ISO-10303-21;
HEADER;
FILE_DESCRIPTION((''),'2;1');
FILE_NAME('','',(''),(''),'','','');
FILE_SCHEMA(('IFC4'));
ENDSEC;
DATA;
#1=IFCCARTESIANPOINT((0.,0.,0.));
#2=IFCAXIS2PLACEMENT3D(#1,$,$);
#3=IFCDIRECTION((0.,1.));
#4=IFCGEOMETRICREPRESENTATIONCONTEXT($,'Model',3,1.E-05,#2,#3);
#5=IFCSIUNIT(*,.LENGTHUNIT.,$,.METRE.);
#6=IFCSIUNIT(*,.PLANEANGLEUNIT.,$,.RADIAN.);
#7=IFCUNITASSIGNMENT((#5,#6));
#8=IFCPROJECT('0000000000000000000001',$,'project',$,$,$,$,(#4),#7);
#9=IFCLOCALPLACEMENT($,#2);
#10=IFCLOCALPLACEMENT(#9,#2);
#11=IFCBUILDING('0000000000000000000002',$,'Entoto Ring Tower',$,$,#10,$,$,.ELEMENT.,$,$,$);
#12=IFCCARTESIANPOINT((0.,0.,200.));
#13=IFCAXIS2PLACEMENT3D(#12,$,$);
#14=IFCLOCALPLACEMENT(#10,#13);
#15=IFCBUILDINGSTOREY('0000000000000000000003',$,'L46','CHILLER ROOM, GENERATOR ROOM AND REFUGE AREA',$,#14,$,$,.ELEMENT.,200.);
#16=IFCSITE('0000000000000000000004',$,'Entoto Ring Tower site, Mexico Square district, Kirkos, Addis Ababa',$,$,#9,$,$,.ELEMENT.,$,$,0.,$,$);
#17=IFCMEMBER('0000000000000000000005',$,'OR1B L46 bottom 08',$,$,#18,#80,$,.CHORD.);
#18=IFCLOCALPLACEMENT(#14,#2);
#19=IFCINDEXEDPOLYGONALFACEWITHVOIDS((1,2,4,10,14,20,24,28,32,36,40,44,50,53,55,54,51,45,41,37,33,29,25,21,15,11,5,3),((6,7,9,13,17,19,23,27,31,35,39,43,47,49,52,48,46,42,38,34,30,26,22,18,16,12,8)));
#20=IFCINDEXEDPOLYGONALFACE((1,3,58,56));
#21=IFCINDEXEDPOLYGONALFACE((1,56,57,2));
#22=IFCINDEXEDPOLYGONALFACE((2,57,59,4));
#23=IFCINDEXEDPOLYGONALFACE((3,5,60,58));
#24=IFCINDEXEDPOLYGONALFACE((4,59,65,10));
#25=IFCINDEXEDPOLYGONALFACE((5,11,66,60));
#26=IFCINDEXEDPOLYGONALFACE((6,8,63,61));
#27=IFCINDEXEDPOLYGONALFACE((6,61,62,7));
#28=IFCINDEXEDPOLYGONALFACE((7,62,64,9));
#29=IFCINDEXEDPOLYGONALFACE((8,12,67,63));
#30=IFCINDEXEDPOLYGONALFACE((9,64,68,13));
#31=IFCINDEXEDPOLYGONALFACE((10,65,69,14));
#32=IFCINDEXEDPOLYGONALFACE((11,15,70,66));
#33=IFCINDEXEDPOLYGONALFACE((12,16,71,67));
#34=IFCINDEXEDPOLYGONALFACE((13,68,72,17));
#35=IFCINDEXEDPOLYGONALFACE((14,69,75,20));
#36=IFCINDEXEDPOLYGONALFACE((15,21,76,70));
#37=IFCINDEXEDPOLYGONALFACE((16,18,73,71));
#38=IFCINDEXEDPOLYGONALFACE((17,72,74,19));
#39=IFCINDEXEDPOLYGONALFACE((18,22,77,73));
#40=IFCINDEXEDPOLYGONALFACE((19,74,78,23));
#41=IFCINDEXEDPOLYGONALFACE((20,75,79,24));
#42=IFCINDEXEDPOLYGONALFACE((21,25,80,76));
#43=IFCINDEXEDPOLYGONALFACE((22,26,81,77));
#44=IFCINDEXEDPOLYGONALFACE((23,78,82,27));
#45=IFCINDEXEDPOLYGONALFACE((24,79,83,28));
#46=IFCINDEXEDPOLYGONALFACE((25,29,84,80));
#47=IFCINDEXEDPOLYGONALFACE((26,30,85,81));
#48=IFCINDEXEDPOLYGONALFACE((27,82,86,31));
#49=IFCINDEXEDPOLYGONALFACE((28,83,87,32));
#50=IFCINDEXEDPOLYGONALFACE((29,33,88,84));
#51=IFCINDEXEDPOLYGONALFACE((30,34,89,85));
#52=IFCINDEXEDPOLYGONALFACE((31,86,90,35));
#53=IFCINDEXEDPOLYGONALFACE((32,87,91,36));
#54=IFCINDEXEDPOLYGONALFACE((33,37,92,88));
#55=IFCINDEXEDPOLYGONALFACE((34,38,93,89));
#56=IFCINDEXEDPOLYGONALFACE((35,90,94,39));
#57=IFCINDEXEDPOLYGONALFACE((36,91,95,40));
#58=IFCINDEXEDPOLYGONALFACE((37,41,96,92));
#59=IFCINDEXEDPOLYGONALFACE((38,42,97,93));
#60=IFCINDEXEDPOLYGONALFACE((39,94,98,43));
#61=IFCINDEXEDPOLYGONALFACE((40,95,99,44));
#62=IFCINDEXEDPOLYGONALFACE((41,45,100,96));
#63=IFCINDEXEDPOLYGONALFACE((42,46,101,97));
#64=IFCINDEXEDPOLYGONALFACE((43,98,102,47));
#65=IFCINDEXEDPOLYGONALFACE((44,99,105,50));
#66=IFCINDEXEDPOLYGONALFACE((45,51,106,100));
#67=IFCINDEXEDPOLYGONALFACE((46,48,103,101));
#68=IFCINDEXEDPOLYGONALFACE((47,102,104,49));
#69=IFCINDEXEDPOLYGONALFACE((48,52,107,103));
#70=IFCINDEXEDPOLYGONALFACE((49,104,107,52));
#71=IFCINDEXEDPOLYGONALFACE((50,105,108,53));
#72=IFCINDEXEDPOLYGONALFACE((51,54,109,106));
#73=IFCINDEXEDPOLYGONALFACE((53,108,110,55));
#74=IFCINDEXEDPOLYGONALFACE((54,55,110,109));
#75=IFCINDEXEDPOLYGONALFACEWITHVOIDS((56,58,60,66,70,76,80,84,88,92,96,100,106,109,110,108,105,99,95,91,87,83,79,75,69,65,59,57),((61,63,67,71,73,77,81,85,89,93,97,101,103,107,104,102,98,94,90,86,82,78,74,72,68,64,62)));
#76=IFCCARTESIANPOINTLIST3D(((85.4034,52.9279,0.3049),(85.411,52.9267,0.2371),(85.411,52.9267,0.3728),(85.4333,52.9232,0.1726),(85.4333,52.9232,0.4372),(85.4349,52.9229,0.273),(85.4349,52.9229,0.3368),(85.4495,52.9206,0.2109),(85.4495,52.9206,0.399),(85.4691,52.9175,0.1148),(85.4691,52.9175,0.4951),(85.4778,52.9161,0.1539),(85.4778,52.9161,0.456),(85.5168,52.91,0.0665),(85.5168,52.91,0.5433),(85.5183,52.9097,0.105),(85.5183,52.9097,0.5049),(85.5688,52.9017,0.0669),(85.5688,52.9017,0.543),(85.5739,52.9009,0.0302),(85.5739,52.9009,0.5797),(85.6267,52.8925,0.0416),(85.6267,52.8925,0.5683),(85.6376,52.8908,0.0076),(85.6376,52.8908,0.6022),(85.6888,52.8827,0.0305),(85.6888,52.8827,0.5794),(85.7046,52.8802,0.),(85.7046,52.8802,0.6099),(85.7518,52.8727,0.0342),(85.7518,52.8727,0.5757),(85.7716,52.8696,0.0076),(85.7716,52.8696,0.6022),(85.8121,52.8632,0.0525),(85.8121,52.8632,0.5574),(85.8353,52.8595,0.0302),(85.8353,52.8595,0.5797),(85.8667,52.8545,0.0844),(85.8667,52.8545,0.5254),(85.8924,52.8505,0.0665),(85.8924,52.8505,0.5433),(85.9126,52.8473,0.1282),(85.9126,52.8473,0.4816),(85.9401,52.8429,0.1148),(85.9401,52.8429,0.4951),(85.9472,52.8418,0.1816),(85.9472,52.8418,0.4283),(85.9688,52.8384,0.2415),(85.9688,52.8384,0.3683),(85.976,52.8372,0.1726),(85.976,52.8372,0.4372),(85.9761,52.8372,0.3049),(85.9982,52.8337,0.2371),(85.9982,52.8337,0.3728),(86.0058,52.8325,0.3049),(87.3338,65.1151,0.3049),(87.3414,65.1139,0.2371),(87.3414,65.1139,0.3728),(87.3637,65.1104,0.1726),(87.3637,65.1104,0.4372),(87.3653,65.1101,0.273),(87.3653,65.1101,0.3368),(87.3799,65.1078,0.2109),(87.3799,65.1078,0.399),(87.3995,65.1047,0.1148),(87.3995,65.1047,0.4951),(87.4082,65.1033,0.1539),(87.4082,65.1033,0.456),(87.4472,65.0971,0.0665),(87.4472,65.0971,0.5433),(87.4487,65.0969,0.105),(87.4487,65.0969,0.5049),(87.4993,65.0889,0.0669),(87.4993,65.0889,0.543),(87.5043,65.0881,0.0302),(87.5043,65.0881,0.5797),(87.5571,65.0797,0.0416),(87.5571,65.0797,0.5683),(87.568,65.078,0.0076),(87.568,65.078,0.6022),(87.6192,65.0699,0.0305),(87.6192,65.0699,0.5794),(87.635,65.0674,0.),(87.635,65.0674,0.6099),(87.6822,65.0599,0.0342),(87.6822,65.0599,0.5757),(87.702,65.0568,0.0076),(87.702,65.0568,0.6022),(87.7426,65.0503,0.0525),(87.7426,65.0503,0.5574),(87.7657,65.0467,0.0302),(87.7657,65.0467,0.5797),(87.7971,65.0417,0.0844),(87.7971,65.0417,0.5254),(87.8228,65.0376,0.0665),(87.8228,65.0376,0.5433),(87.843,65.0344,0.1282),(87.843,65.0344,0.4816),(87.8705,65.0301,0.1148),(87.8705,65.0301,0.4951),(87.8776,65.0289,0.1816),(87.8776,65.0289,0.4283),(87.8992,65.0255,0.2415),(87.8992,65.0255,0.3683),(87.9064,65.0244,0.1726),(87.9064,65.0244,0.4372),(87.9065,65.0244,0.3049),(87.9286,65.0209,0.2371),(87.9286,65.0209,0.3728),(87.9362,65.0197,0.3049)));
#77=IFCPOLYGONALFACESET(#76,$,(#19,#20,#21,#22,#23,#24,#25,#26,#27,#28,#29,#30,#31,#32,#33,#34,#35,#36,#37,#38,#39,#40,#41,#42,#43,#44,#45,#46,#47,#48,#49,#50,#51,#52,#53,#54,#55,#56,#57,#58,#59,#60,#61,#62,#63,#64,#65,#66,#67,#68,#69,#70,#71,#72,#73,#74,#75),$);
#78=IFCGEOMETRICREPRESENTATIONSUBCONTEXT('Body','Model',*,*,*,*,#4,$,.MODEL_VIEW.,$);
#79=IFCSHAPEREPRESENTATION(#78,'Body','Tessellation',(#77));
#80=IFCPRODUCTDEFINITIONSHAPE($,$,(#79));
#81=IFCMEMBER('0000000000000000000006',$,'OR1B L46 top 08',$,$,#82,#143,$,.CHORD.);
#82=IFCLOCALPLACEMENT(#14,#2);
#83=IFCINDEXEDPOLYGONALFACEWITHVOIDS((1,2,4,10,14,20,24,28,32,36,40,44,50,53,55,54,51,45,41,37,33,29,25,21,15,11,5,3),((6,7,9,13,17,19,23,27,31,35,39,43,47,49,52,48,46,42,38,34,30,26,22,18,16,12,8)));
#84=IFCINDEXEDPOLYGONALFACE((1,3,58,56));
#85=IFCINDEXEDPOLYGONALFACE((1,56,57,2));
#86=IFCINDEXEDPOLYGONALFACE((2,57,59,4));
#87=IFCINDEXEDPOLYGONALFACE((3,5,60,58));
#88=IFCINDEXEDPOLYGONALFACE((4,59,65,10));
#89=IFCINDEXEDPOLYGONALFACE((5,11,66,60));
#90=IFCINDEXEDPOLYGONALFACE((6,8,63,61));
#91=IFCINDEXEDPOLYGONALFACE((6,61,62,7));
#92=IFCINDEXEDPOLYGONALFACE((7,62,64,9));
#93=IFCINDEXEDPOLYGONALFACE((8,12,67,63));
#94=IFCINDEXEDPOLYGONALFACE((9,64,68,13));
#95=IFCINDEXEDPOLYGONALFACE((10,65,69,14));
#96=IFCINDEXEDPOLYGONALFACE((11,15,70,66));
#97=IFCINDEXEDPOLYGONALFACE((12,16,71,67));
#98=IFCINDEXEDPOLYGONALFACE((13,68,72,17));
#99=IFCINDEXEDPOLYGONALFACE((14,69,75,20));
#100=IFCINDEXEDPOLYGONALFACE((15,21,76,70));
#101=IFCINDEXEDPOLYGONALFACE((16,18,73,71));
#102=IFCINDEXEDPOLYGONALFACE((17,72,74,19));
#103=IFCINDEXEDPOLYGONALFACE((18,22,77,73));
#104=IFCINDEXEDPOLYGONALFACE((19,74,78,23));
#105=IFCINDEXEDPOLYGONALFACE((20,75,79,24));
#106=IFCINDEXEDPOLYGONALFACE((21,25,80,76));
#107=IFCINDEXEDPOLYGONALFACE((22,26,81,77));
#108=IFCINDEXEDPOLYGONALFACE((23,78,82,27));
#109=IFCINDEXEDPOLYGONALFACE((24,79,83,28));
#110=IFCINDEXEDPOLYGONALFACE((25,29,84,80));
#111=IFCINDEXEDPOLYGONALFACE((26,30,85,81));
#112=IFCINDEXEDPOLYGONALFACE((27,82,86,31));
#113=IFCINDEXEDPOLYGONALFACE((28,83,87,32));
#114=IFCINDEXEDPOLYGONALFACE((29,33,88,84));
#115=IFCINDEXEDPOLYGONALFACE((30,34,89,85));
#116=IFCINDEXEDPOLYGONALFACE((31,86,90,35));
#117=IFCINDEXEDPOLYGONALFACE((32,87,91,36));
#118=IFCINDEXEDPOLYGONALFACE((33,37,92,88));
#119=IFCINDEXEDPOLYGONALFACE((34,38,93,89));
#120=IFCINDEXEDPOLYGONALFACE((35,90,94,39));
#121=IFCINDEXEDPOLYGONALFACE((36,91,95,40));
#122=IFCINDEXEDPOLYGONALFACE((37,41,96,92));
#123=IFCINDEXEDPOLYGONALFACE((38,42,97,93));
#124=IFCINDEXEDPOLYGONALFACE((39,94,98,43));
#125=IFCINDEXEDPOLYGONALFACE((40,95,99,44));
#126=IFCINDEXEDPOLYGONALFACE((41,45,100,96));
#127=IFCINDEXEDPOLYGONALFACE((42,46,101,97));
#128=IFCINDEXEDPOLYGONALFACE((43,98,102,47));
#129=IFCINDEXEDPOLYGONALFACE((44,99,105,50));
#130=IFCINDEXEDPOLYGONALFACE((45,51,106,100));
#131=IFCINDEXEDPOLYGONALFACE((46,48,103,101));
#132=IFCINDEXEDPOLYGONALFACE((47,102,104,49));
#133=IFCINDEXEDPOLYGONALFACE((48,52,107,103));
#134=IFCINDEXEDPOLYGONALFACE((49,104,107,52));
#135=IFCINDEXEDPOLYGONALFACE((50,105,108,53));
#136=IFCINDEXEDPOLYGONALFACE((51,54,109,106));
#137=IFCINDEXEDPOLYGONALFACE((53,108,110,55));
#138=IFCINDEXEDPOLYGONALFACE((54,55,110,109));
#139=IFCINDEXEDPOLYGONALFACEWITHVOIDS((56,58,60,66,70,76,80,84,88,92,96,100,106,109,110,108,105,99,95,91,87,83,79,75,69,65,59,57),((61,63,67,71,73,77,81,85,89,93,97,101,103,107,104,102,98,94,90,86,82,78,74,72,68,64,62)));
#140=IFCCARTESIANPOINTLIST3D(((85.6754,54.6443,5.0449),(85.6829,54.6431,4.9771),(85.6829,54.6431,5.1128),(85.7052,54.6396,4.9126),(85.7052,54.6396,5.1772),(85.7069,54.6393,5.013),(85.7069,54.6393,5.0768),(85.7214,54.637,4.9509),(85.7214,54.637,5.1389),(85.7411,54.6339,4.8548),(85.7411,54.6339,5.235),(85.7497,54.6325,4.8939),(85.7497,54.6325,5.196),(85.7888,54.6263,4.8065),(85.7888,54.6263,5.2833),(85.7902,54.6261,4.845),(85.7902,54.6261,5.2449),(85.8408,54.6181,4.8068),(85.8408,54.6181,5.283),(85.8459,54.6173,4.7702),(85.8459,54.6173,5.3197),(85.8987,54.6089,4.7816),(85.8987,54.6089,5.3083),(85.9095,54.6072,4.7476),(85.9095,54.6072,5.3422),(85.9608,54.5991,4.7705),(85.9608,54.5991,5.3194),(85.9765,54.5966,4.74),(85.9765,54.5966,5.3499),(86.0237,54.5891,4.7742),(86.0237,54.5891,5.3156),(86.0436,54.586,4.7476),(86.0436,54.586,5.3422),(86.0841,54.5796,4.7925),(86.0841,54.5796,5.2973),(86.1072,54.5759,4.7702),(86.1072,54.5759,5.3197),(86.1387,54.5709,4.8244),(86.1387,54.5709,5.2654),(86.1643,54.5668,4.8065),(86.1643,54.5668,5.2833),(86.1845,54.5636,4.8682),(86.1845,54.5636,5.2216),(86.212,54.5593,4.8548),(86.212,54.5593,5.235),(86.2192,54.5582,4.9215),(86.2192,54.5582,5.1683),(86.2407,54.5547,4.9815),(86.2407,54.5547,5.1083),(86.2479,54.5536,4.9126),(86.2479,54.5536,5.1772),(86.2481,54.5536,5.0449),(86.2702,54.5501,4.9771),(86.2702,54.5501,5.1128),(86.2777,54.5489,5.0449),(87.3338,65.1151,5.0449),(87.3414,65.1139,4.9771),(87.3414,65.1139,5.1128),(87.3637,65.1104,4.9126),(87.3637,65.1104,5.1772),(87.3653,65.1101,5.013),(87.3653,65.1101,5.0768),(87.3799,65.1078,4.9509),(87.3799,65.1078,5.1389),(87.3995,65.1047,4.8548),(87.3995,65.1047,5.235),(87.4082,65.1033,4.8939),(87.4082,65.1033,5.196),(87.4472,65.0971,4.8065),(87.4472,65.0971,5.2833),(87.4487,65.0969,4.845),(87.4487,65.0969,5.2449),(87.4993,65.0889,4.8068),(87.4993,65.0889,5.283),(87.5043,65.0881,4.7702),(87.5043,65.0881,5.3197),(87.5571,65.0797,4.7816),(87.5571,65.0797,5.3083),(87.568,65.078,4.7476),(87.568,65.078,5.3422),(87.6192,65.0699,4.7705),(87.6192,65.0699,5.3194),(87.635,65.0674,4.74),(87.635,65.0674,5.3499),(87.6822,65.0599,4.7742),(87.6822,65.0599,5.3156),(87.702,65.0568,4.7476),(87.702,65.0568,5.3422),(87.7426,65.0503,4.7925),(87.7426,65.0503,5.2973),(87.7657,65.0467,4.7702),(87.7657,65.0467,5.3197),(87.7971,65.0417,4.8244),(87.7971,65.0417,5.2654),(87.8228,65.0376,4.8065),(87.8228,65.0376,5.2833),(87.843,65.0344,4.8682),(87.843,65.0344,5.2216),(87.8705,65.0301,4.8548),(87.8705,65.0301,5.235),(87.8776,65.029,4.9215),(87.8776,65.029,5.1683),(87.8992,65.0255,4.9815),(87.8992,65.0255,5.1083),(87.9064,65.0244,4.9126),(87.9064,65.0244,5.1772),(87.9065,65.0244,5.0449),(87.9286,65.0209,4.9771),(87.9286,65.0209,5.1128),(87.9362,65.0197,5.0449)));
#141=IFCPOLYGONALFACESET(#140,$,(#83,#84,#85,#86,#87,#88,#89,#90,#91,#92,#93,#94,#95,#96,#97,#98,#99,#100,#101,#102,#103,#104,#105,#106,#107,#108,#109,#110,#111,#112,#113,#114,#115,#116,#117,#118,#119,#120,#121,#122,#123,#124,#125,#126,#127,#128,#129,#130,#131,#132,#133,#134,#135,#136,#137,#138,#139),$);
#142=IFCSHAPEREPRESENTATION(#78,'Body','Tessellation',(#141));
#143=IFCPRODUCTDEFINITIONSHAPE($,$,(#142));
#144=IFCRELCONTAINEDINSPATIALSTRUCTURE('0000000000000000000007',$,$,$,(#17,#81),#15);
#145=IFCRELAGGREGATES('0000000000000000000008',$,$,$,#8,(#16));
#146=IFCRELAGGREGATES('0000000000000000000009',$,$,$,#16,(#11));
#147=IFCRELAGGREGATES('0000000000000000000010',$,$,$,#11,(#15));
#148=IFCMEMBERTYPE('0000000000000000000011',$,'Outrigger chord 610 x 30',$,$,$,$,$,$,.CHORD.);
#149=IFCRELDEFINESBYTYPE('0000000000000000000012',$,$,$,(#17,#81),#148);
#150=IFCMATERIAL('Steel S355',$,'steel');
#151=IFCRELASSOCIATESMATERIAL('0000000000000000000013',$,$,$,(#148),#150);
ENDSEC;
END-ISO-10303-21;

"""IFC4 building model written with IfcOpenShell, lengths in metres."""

from ifc_helpers import new_model, si_unit, direction, frame, origin, origin_2d, place, context, subcontext, project, spatial, circle, hollow_circle, extrude, material, material_profile, profile_set, type_object, element, save


model = new_model("IFC4")

# Units and contexts
model_context = context("Model", 3, precision=1e-05, world=origin(), true_north=direction((0.0, 1.0)))
body_context = subcontext(model_context, "Body", "Model", "MODEL_VIEW")
ifc_project = project(units=[si_unit("LENGTHUNIT", "METRE"), si_unit("PLANEANGLEUNIT", "RADIAN")], contexts=[model_context])

# Site, building, storey
site_placement = place(None, origin())
site = spatial("IfcSite", under=ifc_project, at=site_placement, Name="Entoto Ring Tower site, Mexico Square district, Kirkos, Addis Ababa", CompositionType="ELEMENT", RefElevation=0.0)
building_placement = place(site_placement, origin())
building = spatial("IfcBuilding", under=site, at=building_placement, Name="Entoto Ring Tower", CompositionType="ELEMENT")
storey_placement = place(building_placement, frame((0.0, 0.0, 200.0)))
storey = spatial("IfcBuildingStorey", under=building, at=storey_placement, Name="L46", Description="CHILLER ROOM, GENERATOR ROOM AND REFUGE AREA", CompositionType="ELEMENT", Elevation=200.0)

# Members
ifc_material_1 = material(Name="Steel S355", Category="steel")
ifc_material_profile_1 = material_profile(ifc_material_1, hollow_circle(Radius=0.3049, WallThickness=0.03, at=origin_2d()), Name="CHS 610 x 30")
ifc_material_2 = material(Name="Concrete C60/75", Category="concrete")
ifc_material_profile_2 = material_profile(ifc_material_2, circle(Radius=0.2749, at=origin_2d()), Name="Concrete C60/75 infill")
ifc_profile_set_1 = profile_set([ifc_material_profile_1, ifc_material_profile_2], Name="Steel S355")
member_type_1 = type_object("IfcMemberType", Name="Outrigger chord 610 x 30", PredefinedType="CHORD", material=ifc_profile_set_1)
member_1_placement = place(storey_placement, frame((87.635, 65.0674, 0.3049), z_axis=(-0.156446, -0.987686, 0.0), x_axis=(0.987686, -0.156446, 0.0)))
element("IfcMember", 1, at=member_1_placement, inside=storey, type_object=member_type_1, Name="OR1B L46 bottom 08", PredefinedType="CHORD", context=body_context, shape_type="SweptSolid", body=[
    extrude(hollow_circle(Radius=0.3049, WallThickness=0.03, at=origin_2d()), origin(), (0.0, 0.0, 1.0), 12.3391),
])
member_2_placement = place(storey_placement, frame((87.635, 65.0674, 5.0449), z_axis=(-0.156439, -0.987688, 0.0), x_axis=(0.987688, -0.156439, 0.0)))
element("IfcMember", 2, at=member_2_placement, inside=storey, type_object=member_type_1, Name="OR1B L46 top 08", PredefinedType="CHORD", context=body_context, shape_type="SweptSolid", body=[
    extrude(hollow_circle(Radius=0.3049, WallThickness=0.03, at=origin_2d()), origin(), (0.0, 0.0, 1.0), 10.6013),
])

save(model, "model.ifc")
